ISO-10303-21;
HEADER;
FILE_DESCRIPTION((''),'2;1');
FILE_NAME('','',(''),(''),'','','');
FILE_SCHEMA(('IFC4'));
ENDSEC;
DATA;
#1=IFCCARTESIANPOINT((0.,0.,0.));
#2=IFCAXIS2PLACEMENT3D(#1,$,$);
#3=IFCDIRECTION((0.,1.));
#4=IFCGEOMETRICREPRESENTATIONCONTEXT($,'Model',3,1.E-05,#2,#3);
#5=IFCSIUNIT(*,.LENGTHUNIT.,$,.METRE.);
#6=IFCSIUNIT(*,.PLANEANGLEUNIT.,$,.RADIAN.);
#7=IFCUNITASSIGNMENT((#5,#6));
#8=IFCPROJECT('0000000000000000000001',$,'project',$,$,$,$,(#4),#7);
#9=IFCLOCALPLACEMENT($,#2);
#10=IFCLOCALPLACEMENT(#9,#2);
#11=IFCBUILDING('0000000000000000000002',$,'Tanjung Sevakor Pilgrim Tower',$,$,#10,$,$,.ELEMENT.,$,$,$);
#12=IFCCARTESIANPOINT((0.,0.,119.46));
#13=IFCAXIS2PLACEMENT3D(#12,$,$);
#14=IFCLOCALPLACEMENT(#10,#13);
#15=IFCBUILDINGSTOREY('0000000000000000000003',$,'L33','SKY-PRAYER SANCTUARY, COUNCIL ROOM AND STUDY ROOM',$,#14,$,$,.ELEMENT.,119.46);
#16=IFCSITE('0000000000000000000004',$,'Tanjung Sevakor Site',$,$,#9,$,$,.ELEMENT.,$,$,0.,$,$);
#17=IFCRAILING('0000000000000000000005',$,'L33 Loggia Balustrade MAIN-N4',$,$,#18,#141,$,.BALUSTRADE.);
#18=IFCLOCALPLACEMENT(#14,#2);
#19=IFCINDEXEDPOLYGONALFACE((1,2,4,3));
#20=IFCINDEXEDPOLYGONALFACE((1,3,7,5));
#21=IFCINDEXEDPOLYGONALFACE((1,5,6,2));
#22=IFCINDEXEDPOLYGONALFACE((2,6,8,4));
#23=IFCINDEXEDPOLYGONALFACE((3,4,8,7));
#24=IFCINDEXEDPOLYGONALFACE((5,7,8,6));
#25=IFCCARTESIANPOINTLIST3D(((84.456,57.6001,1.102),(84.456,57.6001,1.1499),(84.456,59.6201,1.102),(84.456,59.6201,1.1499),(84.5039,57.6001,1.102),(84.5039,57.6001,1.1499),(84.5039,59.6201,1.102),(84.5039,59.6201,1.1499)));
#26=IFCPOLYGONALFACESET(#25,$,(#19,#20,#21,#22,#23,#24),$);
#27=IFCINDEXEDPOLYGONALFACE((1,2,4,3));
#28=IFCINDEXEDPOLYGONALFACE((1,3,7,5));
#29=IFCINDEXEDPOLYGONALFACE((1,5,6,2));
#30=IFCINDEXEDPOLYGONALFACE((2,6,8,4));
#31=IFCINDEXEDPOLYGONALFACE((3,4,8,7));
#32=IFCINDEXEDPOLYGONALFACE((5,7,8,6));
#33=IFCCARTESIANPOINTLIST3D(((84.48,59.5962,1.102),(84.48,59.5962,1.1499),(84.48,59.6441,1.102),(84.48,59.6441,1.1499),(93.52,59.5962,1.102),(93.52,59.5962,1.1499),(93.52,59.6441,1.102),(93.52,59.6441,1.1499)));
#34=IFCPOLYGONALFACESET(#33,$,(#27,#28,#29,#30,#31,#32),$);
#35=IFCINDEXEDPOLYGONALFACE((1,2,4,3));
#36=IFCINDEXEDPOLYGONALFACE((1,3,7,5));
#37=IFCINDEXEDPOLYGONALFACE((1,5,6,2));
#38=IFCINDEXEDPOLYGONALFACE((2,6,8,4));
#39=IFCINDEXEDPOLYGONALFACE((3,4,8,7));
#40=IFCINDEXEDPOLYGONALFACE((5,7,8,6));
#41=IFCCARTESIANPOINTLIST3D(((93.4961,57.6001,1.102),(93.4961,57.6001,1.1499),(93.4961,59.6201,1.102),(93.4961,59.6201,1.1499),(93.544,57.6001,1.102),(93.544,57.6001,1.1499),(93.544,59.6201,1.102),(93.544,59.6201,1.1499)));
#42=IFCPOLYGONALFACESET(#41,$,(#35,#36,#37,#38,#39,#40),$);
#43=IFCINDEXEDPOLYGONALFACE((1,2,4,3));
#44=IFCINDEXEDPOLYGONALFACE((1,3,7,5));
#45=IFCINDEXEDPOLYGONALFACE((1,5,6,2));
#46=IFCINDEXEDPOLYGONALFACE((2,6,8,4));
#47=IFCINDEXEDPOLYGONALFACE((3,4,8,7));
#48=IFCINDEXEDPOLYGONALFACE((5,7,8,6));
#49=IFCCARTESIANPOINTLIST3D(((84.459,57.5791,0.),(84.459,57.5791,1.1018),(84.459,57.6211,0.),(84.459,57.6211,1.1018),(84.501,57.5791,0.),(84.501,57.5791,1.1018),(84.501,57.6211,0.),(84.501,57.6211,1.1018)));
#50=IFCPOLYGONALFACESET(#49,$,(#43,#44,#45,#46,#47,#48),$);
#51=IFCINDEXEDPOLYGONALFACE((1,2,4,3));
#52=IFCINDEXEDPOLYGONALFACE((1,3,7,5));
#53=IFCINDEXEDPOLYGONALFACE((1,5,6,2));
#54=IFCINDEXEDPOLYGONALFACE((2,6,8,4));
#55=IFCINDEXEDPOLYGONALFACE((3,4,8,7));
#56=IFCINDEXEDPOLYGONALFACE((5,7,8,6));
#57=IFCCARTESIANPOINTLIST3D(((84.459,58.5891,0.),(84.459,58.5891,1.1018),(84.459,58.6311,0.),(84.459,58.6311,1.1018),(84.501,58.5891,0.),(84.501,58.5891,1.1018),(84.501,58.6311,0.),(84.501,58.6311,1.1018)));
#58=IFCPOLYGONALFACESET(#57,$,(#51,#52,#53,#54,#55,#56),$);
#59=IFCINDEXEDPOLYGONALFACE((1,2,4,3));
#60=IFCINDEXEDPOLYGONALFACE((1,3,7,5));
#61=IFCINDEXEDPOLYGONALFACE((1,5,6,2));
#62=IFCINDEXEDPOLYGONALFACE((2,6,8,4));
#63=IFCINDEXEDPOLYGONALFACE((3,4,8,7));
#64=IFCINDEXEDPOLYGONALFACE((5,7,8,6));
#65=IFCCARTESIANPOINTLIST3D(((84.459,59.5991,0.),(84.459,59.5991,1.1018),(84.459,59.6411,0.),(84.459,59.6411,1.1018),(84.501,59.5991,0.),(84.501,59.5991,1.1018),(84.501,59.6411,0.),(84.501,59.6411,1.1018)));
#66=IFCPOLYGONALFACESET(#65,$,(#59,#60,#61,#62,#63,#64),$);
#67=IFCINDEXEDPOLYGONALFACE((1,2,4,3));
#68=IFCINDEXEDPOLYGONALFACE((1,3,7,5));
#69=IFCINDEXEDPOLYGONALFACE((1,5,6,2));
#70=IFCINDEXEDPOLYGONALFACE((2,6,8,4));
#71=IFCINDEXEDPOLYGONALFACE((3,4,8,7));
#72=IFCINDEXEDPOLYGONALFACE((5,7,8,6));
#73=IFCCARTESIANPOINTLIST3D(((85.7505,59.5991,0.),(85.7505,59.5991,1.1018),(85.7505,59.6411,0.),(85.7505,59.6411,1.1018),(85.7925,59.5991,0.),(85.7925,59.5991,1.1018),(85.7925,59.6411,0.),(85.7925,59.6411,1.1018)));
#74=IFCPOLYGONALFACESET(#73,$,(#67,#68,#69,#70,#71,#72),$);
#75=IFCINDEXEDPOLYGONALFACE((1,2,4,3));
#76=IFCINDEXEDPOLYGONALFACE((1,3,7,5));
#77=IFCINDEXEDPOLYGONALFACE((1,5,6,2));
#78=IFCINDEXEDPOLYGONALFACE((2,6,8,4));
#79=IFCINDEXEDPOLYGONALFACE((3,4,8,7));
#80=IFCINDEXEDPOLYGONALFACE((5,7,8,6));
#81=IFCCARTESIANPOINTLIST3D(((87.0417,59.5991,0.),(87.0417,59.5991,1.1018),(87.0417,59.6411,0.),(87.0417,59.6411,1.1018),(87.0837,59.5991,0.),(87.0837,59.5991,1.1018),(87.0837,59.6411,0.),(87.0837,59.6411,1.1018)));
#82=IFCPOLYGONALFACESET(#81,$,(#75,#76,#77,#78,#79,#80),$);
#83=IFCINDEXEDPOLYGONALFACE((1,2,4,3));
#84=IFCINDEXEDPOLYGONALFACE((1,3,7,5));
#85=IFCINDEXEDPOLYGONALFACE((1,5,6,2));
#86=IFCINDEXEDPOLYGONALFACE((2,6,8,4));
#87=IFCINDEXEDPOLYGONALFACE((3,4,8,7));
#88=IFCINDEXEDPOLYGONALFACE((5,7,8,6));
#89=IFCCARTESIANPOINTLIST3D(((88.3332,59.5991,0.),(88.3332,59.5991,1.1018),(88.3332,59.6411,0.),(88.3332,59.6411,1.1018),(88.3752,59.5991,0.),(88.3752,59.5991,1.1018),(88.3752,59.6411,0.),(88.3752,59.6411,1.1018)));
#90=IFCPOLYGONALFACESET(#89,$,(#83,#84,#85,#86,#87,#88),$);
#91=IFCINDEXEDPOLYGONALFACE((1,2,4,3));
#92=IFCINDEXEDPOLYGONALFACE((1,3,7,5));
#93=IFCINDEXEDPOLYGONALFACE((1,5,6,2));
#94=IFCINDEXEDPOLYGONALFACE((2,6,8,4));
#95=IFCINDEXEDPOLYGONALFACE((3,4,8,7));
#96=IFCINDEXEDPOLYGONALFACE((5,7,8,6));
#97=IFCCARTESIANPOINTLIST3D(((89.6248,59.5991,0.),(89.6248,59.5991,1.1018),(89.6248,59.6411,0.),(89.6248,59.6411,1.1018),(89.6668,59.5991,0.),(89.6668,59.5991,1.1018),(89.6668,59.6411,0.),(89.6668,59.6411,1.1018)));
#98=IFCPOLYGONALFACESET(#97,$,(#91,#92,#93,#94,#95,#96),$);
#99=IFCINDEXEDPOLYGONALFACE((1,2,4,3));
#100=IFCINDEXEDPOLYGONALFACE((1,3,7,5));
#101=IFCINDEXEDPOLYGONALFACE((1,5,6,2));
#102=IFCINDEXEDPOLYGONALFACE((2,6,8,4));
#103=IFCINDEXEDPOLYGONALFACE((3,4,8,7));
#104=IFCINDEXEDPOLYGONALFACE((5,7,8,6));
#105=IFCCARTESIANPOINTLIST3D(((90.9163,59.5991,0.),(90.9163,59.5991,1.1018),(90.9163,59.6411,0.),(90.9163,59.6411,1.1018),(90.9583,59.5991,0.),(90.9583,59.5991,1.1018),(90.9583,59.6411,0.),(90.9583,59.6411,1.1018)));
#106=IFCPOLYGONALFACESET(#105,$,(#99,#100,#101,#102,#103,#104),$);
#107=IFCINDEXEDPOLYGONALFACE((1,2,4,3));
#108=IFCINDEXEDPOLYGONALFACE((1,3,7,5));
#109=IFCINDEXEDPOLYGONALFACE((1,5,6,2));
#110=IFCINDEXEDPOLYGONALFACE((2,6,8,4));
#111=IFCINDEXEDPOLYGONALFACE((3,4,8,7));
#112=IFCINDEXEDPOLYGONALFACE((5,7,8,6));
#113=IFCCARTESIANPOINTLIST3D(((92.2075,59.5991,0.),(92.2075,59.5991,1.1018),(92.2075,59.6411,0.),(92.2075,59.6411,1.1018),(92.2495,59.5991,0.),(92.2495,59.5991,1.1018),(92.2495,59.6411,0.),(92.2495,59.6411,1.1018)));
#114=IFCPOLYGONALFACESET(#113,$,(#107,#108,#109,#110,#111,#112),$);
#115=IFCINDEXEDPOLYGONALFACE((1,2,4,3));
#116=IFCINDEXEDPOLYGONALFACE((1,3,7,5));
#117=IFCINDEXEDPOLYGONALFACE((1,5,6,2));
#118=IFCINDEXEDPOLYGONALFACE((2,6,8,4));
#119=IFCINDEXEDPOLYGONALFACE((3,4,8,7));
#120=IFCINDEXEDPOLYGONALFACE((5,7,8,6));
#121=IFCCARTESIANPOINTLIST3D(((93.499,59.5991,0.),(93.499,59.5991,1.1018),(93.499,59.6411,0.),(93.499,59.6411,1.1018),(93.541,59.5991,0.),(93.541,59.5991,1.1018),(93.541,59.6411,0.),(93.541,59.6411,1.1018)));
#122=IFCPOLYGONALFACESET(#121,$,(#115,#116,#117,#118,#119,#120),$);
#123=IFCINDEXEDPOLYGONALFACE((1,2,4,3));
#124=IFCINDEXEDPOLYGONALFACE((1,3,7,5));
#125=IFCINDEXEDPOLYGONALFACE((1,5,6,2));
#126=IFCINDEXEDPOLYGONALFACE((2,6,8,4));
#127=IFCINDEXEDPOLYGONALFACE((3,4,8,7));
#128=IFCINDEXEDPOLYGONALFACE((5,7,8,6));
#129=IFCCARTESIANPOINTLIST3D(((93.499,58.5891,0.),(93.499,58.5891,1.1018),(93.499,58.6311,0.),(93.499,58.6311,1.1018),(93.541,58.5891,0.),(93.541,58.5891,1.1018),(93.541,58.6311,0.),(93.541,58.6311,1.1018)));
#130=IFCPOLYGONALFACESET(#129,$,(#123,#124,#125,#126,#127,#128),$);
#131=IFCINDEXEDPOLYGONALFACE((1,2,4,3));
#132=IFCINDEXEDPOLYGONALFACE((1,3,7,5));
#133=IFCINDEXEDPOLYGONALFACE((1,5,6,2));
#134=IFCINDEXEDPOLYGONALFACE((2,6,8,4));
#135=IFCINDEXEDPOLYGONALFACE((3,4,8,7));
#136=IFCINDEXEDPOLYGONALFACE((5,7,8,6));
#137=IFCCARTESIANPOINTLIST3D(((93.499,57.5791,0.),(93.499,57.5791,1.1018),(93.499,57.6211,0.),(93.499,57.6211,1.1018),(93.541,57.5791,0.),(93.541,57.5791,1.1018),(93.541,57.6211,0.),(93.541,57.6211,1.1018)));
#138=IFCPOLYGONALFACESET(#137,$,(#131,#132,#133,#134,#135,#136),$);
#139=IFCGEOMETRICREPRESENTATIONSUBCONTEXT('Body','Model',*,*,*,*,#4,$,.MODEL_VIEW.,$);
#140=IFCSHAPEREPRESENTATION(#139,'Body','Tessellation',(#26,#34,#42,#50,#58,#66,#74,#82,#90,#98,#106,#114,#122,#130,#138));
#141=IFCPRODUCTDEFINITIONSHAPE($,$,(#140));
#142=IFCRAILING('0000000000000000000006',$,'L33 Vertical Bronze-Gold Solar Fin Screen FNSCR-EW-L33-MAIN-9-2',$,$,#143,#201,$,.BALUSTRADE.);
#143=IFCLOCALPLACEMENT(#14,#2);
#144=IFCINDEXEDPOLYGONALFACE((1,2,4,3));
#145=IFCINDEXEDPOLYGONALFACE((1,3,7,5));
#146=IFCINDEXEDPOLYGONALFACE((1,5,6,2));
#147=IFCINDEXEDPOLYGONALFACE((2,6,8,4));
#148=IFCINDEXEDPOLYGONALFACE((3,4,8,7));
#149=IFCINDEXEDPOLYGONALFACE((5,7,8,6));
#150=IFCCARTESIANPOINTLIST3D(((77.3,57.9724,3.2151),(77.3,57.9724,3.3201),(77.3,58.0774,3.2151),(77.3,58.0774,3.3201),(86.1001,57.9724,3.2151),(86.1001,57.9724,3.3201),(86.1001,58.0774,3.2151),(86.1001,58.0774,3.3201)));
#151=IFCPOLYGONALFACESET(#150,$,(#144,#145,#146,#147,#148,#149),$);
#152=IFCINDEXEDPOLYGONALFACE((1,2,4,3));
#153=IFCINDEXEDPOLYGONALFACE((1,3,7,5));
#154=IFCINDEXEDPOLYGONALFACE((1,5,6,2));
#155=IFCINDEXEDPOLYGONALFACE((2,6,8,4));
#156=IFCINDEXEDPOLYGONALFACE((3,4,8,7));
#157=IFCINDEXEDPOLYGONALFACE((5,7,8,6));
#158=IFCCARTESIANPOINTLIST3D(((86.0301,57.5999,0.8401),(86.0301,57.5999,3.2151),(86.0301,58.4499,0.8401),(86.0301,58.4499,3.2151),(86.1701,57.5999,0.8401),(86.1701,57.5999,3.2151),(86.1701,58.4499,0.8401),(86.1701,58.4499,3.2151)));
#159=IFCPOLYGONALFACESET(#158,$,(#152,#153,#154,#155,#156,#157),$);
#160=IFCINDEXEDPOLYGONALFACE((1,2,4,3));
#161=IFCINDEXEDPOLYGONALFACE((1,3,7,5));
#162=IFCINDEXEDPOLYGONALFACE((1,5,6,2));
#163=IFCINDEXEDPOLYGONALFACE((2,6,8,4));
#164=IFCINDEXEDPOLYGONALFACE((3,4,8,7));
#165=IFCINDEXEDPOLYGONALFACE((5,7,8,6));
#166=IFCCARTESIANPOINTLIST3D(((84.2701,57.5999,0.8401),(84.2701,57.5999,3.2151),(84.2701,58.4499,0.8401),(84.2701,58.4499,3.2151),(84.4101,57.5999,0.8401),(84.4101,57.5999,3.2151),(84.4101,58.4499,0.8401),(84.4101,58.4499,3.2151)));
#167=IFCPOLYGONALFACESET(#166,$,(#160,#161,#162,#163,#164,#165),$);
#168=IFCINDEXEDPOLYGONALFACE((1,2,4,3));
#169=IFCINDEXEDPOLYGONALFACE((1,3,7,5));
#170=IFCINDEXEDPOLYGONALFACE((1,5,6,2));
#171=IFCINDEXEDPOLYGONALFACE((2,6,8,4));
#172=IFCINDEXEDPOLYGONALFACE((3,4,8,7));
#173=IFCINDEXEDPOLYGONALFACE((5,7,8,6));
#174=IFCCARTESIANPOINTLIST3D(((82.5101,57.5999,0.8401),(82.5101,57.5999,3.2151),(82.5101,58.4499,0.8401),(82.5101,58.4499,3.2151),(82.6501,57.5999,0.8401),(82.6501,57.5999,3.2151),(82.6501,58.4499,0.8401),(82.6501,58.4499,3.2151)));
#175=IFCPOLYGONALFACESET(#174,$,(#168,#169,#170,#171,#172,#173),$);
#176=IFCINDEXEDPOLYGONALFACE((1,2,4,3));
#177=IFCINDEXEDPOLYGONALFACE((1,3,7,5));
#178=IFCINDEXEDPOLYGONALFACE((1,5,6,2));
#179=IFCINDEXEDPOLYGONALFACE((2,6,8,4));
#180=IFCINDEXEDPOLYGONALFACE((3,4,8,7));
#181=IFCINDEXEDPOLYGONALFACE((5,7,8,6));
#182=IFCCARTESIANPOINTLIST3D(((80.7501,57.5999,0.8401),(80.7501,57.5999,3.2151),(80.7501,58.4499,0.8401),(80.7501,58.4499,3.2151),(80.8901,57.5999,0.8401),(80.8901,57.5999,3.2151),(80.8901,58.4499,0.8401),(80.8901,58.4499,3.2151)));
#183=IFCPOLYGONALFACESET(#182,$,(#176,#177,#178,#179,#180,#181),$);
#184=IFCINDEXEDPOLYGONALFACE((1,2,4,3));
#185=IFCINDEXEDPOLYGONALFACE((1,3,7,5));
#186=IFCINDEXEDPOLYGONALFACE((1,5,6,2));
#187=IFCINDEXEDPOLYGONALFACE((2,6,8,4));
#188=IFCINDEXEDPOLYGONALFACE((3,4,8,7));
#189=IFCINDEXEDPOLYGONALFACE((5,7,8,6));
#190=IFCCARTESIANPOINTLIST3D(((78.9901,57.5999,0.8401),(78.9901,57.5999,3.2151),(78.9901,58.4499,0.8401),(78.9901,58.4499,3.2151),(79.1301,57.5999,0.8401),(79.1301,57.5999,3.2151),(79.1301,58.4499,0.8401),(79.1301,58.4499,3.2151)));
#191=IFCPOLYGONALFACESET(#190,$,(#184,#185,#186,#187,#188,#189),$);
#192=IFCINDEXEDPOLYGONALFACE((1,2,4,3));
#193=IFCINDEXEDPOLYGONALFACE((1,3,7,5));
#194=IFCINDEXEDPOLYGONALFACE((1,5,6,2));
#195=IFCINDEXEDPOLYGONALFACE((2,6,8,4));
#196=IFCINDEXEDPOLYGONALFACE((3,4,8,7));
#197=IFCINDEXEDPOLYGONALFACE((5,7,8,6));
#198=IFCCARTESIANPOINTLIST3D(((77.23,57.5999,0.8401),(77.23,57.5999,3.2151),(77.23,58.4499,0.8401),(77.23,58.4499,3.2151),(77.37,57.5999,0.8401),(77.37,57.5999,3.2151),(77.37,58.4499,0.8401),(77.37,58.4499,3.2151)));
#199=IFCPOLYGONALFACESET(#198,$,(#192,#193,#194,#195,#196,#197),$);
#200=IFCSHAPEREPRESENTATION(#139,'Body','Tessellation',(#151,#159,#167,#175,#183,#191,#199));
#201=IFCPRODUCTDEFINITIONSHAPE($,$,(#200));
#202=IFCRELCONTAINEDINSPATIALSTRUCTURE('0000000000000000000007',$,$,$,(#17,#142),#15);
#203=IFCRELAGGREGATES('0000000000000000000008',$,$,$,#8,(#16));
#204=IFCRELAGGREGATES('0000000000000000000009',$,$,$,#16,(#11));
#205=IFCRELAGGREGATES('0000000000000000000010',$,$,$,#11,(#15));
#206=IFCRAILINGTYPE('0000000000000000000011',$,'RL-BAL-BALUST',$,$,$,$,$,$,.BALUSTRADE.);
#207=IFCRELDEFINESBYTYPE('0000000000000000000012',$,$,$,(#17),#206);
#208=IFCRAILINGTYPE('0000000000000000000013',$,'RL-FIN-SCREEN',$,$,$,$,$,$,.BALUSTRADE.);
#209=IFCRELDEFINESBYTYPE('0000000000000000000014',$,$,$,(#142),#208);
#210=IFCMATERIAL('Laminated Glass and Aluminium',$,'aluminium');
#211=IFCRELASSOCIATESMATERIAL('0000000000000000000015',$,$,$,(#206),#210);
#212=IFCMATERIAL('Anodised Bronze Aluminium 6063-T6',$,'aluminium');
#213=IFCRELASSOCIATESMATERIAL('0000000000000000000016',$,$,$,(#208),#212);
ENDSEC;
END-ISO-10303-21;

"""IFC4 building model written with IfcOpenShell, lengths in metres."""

from ifc_helpers import new_model, si_unit, direction, frame, origin, place, context, subcontext, project, spatial, rectangle, extrude, material, type_object, element, save


model = new_model("IFC4")

# Units and contexts
model_context = context("Model", 3, precision=1e-05, world=origin(), true_north=direction((0.0, 1.0)))
body_context = subcontext(model_context, "Body", "Model", "MODEL_VIEW")
ifc_project = project(units=[si_unit("LENGTHUNIT", "METRE"), si_unit("PLANEANGLEUNIT", "RADIAN")], contexts=[model_context])

# Site, building, storey
site_placement = place(None, origin())
site = spatial("IfcSite", under=ifc_project, at=site_placement, Name="Tanjung Sevakor Site", CompositionType="ELEMENT", RefElevation=0.0)
building_placement = place(site_placement, origin())
building = spatial("IfcBuilding", under=site, at=building_placement, Name="Tanjung Sevakor Pilgrim Tower", CompositionType="ELEMENT")
storey_placement = place(building_placement, frame((0.0, 0.0, 119.46)))
storey = spatial("IfcBuildingStorey", under=building, at=storey_placement, Name="L33", Description="SKY-PRAYER SANCTUARY, COUNCIL ROOM AND STUDY ROOM", CompositionType="ELEMENT", Elevation=119.46)

# Railings
ifc_material_1 = material(Name="Laminated Glass and Aluminium", Category="aluminium")
railing_type_1 = type_object("IfcRailingType", Name="RL-BAL-BALUST", PredefinedType="BALUSTRADE", material=ifc_material_1)
railing_1_placement = place(storey_placement, frame((84.48, 57.6001, 0.0)))
element("IfcRailing", 1, at=railing_1_placement, inside=storey, type_object=railing_type_1, Name="L33 Loggia Balustrade MAIN-N4", PredefinedType="BALUSTRADE", context=body_context, shape_type="SweptSolid", body=[
    extrude(rectangle(XDim=0.0479, YDim=0.0479), frame((0.0, 0.0, 1.126), z_axis=(0.0, 1.0, 0.0), x_axis=(-1.0, 0.0, 0.0)), (0.0, 0.0, 1.0), 2.02),
    extrude(rectangle(XDim=0.0479, YDim=0.0479), frame((0.0, 2.02, 1.126), z_axis=(1.0, 0.0, 0.0), x_axis=(0.0, 1.0, 0.0)), (0.0, 0.0, 1.0), 9.04),
    extrude(rectangle(XDim=0.0479, YDim=0.0479), frame((9.04, 2.02, 1.126), z_axis=(0.0, -1.0, 0.0), x_axis=(1.0, 0.0, 0.0)), (0.0, 0.0, 1.0), 2.02),
    extrude(rectangle(XDim=0.042, YDim=0.042), origin(), (0.0, 0.0, 1.0), 1.1018),
    extrude(rectangle(XDim=0.042, YDim=0.042), frame((0.0, 1.01, 0.0)), (0.0, 0.0, 1.0), 1.1018),
    extrude(rectangle(XDim=0.042, YDim=0.042), frame((0.0, 2.02, 0.0)), (0.0, 0.0, 1.0), 1.1018),
    extrude(rectangle(XDim=0.042, YDim=0.042), frame((1.2915, 2.02, 0.0)), (0.0, 0.0, 1.0), 1.1018),
    extrude(rectangle(XDim=0.042, YDim=0.042), frame((2.5828, 2.02, 0.0)), (0.0, 0.0, 1.0), 1.1018),
    extrude(rectangle(XDim=0.042, YDim=0.042), frame((3.8743, 2.02, 0.0)), (0.0, 0.0, 1.0), 1.1018),
    extrude(rectangle(XDim=0.042, YDim=0.042), frame((5.1658, 2.02, 0.0)), (0.0, 0.0, 1.0), 1.1018),
    extrude(rectangle(XDim=0.042, YDim=0.042), frame((6.4573, 2.02, 0.0)), (0.0, 0.0, 1.0), 1.1018),
    extrude(rectangle(XDim=0.042, YDim=0.042), frame((7.7485, 2.02, 0.0)), (0.0, 0.0, 1.0), 1.1018),
    extrude(rectangle(XDim=0.042, YDim=0.042), frame((9.04, 2.02, 0.0)), (0.0, 0.0, 1.0), 1.1018),
    extrude(rectangle(XDim=0.042, YDim=0.042), frame((9.04, 1.01, 0.0)), (0.0, 0.0, 1.0), 1.1018),
    extrude(rectangle(XDim=0.042, YDim=0.042), frame((9.04, 0.0, 0.0)), (0.0, 0.0, 1.0), 1.1018),
])
ifc_material_2 = material(Name="Anodised Bronze Aluminium 6063-T6", Category="aluminium")
railing_type_2 = type_object("IfcRailingType", Name="RL-FIN-SCREEN", PredefinedType="BALUSTRADE", material=ifc_material_2)
railing_2_placement = place(storey_placement, frame((86.1001, 58.0249, 0.8401)))
element("IfcRailing", 2, at=railing_2_placement, inside=storey, type_object=railing_type_2, Name="L33 Vertical Bronze-Gold Solar Fin Screen FNSCR-EW-L33-MAIN-9-2", PredefinedType="BALUSTRADE", context=body_context, shape_type="SweptSolid", body=[
    extrude(rectangle(XDim=0.105, YDim=0.105), frame((0.0, 0.0, 2.4275), z_axis=(-1.0, 0.0, 0.0), x_axis=(0.0, -1.0, 0.0)), (0.0, 0.0, 1.0), 8.8),
    extrude(rectangle(XDim=0.14, YDim=0.85), origin(), (0.0, 0.0, 1.0), 2.375),
    extrude(rectangle(XDim=0.14, YDim=0.85), frame((-1.76, 0.0, 0.0)), (0.0, 0.0, 1.0), 2.375),
    extrude(rectangle(XDim=0.14, YDim=0.85), frame((-3.52, 0.0, 0.0)), (0.0, 0.0, 1.0), 2.375),
    extrude(rectangle(XDim=0.14, YDim=0.85), frame((-5.28, 0.0, 0.0)), (0.0, 0.0, 1.0), 2.375),
    extrude(rectangle(XDim=0.14, YDim=0.85), frame((-7.04, 0.0, 0.0)), (0.0, 0.0, 1.0), 2.375),
    extrude(rectangle(XDim=0.14, YDim=0.85), frame((-8.8, 0.0, 0.0)), (0.0, 0.0, 1.0), 2.375),
])

save(model, "model.ifc")
